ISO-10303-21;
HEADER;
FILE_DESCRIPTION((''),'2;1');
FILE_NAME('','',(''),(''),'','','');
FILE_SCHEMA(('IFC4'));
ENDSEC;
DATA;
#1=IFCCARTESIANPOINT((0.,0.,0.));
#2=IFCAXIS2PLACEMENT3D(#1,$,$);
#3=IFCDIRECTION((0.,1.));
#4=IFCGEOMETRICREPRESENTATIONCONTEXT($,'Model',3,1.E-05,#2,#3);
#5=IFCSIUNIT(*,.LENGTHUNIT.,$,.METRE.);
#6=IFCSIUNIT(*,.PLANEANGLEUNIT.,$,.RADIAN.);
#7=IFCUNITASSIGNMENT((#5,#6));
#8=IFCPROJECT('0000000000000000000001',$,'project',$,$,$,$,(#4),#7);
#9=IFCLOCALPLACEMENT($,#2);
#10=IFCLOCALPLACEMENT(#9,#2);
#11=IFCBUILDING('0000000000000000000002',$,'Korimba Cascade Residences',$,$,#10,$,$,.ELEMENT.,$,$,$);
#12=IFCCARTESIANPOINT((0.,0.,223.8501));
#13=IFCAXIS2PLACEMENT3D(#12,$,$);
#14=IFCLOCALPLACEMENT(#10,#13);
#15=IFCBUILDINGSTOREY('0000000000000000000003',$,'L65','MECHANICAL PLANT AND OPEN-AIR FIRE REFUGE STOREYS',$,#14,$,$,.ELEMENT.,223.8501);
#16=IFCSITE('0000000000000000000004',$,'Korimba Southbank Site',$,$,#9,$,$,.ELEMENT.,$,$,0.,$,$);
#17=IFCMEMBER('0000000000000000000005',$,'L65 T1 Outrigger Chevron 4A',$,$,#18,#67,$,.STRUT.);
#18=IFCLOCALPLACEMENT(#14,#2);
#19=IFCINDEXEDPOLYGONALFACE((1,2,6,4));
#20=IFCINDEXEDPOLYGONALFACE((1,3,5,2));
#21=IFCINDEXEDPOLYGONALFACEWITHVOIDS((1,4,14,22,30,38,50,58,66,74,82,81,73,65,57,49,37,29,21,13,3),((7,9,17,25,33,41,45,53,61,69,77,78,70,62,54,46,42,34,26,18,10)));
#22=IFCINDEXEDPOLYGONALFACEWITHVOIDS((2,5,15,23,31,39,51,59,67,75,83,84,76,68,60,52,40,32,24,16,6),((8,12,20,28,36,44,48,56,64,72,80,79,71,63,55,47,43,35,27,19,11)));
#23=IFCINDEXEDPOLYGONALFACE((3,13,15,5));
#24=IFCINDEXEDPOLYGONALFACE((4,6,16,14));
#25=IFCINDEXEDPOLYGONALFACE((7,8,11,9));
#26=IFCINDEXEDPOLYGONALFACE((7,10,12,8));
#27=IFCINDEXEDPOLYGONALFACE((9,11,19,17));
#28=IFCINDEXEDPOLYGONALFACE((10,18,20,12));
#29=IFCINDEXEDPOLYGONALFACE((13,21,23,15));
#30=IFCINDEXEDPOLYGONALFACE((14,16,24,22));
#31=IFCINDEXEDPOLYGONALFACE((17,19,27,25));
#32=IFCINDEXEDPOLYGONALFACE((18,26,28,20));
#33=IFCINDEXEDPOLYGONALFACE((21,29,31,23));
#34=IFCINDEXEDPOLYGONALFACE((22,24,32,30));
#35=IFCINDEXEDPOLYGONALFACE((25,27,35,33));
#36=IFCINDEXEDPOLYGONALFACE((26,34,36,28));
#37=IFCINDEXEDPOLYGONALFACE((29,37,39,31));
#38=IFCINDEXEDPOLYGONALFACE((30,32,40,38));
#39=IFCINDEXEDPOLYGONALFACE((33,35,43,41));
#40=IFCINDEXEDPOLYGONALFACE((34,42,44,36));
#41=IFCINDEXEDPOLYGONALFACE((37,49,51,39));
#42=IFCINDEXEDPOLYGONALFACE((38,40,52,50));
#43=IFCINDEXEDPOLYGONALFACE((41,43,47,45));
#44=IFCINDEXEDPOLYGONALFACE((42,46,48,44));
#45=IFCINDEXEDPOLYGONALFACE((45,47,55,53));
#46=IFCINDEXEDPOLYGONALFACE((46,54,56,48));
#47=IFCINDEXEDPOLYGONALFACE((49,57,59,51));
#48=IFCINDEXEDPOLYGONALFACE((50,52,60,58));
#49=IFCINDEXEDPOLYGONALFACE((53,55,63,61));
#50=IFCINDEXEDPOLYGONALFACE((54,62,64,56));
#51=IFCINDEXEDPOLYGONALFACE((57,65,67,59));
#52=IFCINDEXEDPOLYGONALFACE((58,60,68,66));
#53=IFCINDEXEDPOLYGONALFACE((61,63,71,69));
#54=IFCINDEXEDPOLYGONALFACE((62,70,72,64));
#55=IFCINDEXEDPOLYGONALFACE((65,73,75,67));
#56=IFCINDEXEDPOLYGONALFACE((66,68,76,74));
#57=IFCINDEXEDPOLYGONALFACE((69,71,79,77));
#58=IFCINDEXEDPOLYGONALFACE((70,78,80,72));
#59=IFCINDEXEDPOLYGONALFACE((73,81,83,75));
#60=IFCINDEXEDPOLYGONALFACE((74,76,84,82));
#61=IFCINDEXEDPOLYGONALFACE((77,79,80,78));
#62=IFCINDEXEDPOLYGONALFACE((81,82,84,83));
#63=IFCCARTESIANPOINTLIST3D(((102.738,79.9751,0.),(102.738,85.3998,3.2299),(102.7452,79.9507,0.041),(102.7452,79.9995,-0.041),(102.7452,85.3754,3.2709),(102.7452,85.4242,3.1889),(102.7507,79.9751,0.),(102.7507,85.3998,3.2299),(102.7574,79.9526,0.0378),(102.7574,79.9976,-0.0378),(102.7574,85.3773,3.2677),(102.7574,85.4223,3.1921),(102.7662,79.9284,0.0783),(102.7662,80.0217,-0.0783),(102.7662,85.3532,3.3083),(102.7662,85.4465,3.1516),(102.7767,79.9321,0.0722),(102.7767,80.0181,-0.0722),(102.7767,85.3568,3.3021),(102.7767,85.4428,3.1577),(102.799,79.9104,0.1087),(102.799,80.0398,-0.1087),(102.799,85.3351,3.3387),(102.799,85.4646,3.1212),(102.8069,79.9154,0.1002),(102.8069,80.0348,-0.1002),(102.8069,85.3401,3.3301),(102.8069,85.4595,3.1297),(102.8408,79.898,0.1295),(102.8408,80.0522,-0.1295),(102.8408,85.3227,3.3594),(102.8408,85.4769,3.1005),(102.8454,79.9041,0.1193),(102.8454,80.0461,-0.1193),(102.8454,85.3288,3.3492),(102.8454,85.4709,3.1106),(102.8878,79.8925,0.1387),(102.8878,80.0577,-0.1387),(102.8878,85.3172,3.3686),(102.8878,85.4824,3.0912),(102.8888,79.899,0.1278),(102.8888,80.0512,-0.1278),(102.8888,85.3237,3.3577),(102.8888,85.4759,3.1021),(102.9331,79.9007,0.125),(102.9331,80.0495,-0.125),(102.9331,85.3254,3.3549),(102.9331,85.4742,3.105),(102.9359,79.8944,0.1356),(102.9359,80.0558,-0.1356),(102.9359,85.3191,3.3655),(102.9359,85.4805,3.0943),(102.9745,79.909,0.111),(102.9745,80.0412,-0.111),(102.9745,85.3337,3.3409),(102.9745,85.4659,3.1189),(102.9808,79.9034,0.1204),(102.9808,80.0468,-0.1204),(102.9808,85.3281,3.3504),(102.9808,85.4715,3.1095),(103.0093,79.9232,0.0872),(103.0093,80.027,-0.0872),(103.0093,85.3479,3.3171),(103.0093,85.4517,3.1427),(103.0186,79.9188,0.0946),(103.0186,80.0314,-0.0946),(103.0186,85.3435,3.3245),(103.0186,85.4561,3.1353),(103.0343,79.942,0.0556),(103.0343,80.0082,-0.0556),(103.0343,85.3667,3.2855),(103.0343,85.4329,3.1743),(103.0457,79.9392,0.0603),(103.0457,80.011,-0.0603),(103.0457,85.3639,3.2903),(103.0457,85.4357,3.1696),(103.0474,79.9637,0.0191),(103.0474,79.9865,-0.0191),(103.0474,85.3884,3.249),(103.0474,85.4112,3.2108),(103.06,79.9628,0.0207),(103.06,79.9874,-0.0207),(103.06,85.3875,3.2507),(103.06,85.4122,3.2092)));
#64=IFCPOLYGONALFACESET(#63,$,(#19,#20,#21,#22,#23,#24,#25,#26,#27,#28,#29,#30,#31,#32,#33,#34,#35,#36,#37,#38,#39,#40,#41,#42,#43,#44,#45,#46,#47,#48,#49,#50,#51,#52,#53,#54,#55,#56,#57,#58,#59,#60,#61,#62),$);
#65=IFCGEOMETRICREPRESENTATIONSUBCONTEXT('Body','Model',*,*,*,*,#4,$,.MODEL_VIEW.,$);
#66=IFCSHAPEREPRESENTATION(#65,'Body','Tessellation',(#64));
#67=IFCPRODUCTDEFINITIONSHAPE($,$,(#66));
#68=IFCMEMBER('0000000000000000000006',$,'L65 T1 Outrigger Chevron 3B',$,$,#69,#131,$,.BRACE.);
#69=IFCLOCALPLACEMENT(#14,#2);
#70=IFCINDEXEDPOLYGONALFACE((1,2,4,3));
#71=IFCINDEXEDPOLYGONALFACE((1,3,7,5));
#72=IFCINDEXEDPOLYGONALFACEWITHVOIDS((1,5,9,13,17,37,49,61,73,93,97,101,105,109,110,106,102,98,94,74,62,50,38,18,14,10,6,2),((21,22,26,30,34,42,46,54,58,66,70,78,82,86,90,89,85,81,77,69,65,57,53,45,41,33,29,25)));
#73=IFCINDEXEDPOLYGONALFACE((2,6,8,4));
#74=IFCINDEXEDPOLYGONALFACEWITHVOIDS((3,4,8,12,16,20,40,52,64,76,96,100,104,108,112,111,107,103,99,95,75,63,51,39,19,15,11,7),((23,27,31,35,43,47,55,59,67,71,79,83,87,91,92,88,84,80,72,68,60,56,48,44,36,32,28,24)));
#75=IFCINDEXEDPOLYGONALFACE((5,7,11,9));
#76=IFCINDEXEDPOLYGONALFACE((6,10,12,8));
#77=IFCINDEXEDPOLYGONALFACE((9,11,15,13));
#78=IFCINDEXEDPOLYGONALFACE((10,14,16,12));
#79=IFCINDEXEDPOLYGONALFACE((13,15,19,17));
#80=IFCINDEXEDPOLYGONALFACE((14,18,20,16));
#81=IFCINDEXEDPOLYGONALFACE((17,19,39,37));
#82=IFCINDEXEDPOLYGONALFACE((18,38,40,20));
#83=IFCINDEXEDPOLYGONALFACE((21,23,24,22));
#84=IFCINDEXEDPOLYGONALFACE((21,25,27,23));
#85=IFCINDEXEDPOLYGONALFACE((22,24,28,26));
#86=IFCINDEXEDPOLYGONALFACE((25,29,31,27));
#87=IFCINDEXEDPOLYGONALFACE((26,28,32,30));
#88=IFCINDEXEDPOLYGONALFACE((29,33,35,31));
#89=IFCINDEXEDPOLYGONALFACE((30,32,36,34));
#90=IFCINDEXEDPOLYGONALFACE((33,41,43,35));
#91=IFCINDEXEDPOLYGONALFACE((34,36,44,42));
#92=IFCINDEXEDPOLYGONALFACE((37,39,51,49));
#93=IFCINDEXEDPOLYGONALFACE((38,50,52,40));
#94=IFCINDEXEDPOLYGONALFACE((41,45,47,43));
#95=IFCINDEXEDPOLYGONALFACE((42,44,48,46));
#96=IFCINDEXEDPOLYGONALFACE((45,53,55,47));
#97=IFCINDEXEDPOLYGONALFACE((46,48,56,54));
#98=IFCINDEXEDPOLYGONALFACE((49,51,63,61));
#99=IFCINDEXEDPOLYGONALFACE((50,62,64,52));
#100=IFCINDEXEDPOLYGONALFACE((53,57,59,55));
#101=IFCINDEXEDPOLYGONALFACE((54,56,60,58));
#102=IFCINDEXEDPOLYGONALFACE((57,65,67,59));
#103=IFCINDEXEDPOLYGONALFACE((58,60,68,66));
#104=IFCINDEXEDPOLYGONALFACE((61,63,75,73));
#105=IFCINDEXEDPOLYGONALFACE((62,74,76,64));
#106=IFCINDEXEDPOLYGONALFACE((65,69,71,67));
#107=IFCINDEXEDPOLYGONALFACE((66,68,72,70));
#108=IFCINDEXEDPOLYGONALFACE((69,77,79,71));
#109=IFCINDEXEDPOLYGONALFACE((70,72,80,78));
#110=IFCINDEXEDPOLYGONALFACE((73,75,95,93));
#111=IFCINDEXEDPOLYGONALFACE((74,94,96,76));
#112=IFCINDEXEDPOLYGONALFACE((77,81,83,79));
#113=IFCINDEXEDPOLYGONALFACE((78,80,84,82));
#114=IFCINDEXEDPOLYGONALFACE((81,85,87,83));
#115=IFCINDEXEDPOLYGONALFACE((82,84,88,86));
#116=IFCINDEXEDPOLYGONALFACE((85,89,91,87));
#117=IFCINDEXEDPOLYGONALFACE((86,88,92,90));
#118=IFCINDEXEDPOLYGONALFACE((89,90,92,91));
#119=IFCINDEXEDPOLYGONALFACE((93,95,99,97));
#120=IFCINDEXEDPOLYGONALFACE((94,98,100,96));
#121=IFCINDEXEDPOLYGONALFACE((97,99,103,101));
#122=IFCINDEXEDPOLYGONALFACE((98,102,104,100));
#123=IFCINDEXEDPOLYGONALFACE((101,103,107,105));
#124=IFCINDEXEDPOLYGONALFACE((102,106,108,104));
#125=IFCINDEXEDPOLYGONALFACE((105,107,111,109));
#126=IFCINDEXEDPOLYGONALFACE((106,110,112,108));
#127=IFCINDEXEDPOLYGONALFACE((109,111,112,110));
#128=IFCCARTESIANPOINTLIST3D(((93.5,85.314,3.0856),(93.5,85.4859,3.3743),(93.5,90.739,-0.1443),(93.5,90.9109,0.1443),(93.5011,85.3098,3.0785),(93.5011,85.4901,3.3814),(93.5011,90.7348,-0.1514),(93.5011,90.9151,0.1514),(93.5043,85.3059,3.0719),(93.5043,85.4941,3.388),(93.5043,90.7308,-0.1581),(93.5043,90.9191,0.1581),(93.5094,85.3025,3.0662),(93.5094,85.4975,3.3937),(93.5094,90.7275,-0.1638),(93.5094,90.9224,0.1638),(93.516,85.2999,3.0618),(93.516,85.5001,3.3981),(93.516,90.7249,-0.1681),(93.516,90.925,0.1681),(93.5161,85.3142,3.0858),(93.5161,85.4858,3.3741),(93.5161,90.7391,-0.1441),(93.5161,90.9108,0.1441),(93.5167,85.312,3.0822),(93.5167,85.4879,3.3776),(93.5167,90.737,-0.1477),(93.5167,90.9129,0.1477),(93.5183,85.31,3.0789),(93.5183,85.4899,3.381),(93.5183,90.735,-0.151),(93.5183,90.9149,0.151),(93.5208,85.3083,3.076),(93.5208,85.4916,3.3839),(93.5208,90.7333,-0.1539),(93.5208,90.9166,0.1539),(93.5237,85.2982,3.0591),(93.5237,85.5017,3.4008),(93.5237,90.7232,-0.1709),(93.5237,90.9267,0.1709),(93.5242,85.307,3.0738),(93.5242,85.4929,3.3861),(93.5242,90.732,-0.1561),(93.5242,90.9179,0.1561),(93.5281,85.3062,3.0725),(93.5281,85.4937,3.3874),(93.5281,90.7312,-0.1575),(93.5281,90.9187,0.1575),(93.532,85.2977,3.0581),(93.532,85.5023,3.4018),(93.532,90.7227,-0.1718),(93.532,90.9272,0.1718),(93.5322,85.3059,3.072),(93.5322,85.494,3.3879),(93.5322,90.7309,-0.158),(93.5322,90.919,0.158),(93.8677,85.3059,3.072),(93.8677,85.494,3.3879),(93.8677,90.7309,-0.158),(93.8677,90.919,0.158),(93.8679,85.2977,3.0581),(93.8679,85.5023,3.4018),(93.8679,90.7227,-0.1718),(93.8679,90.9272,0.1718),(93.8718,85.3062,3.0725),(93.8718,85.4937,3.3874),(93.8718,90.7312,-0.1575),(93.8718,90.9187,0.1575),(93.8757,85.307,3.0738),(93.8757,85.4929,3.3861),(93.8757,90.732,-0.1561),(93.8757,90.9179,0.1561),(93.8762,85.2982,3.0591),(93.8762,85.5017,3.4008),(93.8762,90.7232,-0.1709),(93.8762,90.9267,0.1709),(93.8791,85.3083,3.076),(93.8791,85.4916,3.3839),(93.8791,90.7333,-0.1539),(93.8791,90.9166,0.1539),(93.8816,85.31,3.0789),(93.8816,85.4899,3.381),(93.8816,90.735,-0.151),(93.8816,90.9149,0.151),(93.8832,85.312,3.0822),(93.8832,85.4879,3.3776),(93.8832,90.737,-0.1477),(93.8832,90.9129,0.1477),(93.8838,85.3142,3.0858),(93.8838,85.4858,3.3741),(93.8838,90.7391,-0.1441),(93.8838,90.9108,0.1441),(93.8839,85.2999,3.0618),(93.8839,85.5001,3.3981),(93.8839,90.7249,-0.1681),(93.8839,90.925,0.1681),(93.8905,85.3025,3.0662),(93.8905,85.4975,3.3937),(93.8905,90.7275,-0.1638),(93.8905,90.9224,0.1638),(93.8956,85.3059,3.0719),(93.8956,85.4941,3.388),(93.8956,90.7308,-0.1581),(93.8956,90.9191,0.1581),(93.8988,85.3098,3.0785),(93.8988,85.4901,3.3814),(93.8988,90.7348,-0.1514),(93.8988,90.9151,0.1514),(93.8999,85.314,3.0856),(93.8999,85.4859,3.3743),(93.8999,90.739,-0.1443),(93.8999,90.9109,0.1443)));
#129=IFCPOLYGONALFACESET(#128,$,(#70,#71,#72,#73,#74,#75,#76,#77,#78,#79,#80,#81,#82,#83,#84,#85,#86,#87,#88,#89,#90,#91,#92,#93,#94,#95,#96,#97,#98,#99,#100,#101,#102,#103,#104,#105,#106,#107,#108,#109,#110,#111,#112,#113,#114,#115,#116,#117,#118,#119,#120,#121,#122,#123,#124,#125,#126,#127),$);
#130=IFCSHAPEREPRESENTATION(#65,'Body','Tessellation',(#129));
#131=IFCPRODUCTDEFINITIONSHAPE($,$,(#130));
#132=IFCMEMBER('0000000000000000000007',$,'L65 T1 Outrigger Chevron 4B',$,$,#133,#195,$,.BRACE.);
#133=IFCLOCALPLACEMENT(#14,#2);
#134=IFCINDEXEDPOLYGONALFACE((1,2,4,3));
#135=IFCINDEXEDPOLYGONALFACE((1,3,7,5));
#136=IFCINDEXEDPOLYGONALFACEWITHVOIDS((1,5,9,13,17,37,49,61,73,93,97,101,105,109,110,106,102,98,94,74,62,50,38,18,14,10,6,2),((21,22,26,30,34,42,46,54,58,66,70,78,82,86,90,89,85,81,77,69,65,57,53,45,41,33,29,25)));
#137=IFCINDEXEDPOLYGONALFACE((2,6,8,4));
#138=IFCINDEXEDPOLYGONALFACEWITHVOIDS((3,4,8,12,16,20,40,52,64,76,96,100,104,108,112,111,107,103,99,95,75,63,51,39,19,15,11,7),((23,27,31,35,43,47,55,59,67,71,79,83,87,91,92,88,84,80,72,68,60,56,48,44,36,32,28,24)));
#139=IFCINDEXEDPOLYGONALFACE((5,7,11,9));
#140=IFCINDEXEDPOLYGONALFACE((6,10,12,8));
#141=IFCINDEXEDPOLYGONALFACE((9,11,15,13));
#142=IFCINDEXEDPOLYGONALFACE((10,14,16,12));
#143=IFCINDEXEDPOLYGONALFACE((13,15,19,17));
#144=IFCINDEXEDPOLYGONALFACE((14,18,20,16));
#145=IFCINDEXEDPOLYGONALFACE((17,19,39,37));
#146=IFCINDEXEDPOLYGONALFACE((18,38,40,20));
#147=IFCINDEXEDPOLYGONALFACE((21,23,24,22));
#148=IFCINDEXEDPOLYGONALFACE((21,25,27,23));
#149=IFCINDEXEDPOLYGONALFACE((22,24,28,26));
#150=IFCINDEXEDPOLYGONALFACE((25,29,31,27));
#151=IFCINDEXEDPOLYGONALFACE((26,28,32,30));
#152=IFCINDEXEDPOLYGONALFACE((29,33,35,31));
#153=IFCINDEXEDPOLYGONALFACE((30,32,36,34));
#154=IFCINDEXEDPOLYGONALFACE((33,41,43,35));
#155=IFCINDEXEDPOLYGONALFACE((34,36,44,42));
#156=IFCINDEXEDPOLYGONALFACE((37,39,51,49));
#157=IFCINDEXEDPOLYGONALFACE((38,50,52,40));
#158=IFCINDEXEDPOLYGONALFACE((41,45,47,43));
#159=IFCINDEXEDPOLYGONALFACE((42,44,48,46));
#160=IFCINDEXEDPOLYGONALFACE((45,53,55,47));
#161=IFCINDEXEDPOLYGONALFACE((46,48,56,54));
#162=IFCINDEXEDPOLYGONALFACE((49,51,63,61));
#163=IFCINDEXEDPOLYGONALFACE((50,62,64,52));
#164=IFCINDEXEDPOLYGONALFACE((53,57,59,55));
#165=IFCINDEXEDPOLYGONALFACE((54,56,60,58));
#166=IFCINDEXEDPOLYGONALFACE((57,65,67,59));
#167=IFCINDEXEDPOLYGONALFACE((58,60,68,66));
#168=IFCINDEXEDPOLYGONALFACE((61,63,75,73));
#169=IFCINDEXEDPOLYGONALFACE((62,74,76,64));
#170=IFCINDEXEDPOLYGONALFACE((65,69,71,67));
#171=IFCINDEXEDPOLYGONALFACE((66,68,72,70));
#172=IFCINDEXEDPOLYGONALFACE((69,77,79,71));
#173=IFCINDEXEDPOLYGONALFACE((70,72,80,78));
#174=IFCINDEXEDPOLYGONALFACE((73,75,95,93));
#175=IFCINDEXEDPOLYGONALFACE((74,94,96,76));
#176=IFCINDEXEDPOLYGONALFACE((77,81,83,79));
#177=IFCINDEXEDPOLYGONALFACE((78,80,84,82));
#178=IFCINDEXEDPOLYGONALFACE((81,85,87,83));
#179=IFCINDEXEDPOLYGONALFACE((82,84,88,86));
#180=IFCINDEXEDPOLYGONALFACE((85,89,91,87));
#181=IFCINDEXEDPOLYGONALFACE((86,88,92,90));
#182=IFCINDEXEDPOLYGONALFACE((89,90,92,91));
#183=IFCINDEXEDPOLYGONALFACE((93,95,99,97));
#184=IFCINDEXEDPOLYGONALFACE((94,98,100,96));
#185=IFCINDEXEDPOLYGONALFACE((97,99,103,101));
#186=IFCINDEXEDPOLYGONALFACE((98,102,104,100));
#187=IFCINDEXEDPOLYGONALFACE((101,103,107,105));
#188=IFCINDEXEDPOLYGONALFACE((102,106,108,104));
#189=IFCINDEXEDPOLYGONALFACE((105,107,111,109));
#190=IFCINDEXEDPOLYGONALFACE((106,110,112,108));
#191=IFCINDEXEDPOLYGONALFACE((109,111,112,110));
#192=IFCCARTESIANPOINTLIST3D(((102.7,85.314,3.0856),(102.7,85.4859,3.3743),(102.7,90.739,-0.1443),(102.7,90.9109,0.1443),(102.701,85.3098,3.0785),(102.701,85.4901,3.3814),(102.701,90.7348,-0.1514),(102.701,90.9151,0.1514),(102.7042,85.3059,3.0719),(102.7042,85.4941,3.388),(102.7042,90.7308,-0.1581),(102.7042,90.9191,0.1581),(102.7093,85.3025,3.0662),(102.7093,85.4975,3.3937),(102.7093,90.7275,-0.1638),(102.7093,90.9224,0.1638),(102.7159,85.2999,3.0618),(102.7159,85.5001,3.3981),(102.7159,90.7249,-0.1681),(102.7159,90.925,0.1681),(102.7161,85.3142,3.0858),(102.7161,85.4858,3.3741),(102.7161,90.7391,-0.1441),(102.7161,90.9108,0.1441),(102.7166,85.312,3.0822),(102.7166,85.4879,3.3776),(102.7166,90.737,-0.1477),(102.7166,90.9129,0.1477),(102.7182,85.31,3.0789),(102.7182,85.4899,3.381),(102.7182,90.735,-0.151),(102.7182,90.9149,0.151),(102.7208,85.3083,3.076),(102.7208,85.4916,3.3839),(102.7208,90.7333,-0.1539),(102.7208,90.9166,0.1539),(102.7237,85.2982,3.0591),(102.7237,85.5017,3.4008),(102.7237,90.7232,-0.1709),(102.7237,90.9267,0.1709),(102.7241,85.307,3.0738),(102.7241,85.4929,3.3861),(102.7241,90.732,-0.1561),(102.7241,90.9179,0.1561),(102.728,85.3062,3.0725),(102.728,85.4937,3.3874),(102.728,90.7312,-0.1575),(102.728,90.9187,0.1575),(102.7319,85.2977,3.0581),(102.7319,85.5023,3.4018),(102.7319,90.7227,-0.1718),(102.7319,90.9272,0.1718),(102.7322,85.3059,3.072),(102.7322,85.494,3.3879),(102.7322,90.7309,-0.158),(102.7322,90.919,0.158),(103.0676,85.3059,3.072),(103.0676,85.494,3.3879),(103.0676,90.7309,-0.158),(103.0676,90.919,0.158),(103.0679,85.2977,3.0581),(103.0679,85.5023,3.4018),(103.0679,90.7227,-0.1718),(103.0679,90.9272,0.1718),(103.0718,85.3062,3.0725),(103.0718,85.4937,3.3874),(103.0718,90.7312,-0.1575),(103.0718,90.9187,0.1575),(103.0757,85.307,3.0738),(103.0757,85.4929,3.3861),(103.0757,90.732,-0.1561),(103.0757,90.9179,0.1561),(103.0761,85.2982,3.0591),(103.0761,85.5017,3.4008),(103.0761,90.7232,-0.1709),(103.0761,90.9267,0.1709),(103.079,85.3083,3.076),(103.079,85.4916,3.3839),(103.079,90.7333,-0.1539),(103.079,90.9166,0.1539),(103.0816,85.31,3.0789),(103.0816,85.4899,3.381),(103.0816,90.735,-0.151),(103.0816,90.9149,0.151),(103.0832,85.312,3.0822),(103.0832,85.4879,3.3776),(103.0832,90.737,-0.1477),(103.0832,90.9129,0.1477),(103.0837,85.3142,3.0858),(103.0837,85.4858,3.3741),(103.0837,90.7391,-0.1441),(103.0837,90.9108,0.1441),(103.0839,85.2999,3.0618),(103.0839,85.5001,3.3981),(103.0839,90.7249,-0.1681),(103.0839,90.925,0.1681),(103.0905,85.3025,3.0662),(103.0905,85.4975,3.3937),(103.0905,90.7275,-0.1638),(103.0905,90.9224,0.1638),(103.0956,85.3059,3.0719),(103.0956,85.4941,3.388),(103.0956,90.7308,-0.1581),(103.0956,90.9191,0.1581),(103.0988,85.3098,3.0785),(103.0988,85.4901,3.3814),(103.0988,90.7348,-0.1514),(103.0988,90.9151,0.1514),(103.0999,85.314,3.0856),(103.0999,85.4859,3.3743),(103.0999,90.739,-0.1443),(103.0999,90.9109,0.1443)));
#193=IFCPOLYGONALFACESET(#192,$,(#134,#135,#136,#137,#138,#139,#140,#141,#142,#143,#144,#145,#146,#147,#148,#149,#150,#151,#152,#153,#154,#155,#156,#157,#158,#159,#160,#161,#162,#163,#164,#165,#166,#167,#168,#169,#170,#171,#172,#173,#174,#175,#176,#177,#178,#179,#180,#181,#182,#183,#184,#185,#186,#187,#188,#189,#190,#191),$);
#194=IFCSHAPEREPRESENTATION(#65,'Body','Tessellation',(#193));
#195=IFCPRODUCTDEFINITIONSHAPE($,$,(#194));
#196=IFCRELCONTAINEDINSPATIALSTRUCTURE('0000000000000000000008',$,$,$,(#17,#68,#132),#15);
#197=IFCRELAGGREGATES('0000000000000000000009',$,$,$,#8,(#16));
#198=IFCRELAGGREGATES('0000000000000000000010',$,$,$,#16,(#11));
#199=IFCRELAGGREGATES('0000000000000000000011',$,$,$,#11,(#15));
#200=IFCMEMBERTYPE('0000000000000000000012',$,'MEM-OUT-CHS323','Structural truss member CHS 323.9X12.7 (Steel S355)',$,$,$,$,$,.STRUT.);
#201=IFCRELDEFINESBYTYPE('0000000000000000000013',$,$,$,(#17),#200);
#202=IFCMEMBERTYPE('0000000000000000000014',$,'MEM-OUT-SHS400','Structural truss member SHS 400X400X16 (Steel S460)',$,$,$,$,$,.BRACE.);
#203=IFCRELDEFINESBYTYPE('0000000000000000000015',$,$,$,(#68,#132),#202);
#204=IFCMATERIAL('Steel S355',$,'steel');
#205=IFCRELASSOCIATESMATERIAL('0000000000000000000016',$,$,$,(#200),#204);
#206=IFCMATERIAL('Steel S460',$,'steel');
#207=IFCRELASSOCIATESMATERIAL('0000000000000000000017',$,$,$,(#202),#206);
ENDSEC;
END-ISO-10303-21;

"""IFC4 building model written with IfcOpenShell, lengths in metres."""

from ifc_helpers import new_model, si_unit, direction, frame, origin, origin_2d, place, context, subcontext, project, spatial, hollow_rectangle, hollow_circle, extrude, material, material_profile, profile_set, type_object, element, save


model = new_model("IFC4")

# Units and contexts
model_context = context("Model", 3, precision=1e-05, world=origin(), true_north=direction((0.0, 1.0)))
body_context = subcontext(model_context, "Body", "Model", "MODEL_VIEW")
ifc_project = project(units=[si_unit("LENGTHUNIT", "METRE"), si_unit("PLANEANGLEUNIT", "RADIAN")], contexts=[model_context])

# Site, building, storey
site_placement = place(None, origin())
site = spatial("IfcSite", under=ifc_project, at=site_placement, Name="Korimba Southbank Site", CompositionType="ELEMENT", RefElevation=0.0)
building_placement = place(site_placement, origin())
building = spatial("IfcBuilding", under=site, at=building_placement, Name="Korimba Cascade Residences", CompositionType="ELEMENT")
storey_placement = place(building_placement, frame((0.0, 0.0, 223.8501)))
storey = spatial("IfcBuildingStorey", under=building, at=storey_placement, Name="L65", Description="MECHANICAL PLANT AND OPEN-AIR FIRE REFUGE STOREYS", CompositionType="ELEMENT", Elevation=223.8501)

# Shared definitions
ifc_material_1 = material(Name="Steel S355", Category="steel")

# Members
ifc_material_2 = material(Name="Steel S460", Category="steel")
ifc_material_profile_1 = material_profile(ifc_material_1, hollow_circle(Radius=0.1619, WallThickness=0.0127, at=origin_2d()), Name="Steel S355")
ifc_profile_set_1 = profile_set([ifc_material_profile_1], Name="Steel S355")
member_type_1 = type_object("IfcMemberType", Name="MEM-OUT-CHS323", Description="Structural truss member CHS 323.9X12.7 (Steel S355)", PredefinedType="STRUT", material=ifc_profile_set_1)
for number, where, z_axis, x_axis, name in (
    (1, (102.8999, 79.9751, 0.0), (0.0, 0.859228, 0.511593), (-1.0, 0.0, 0.0), "L65 T1 Outrigger Chevron 4A"),
):
    element("IfcMember", number, at=place(storey_placement, frame(where, z_axis=z_axis, x_axis=x_axis)), inside=storey, type_object=member_type_1, Name=name, PredefinedType="STRUT", context=body_context, shape_type="SweptSolid", body=[
        extrude(hollow_circle(Radius=0.1619, WallThickness=0.0127, at=origin_2d()), origin(), (0.0, 0.0, 1.0), 6.3135),
    ])
ifc_material_profile_2 = material_profile(ifc_material_2, hollow_rectangle(XDim=0.3999, YDim=0.3999, WallThickness=0.0161, InnerFilletRadius=0.0161, OuterFilletRadius=0.032, at=origin_2d()), Name="Steel S460")
ifc_profile_set_2 = profile_set([ifc_material_profile_2], Name="Steel S460")
member_type_2 = type_object("IfcMemberType", Name="MEM-OUT-SHS400", Description="Structural truss member SHS 400X400X16 (Steel S460)", PredefinedType="BRACE", material=ifc_profile_set_2)
for number, where, z_axis, x_axis, name in (
    (2, (93.7, 90.825, 0.0), (0.0, -0.859238, 0.511576), (1.0, 0.0, 0.0), "L65 T1 Outrigger Chevron 3B"),
    (3, (102.8999, 90.825, 0.0), (0.0, -0.859238, 0.511576), (1.0, 0.0, 0.0), "L65 T1 Outrigger Chevron 4B"),
):
    element("IfcMember", number, at=place(storey_placement, frame(where, z_axis=z_axis, x_axis=x_axis)), inside=storey, type_object=member_type_2, Name=name, PredefinedType="BRACE", context=body_context, shape_type="SweptSolid", body=[
        extrude(hollow_rectangle(XDim=0.3999, YDim=0.3999, WallThickness=0.0161, InnerFilletRadius=0.0161, OuterFilletRadius=0.032, at=origin_2d()), origin(), (0.0, 0.0, 1.0), 6.3137),
    ])

save(model, "model.ifc")
